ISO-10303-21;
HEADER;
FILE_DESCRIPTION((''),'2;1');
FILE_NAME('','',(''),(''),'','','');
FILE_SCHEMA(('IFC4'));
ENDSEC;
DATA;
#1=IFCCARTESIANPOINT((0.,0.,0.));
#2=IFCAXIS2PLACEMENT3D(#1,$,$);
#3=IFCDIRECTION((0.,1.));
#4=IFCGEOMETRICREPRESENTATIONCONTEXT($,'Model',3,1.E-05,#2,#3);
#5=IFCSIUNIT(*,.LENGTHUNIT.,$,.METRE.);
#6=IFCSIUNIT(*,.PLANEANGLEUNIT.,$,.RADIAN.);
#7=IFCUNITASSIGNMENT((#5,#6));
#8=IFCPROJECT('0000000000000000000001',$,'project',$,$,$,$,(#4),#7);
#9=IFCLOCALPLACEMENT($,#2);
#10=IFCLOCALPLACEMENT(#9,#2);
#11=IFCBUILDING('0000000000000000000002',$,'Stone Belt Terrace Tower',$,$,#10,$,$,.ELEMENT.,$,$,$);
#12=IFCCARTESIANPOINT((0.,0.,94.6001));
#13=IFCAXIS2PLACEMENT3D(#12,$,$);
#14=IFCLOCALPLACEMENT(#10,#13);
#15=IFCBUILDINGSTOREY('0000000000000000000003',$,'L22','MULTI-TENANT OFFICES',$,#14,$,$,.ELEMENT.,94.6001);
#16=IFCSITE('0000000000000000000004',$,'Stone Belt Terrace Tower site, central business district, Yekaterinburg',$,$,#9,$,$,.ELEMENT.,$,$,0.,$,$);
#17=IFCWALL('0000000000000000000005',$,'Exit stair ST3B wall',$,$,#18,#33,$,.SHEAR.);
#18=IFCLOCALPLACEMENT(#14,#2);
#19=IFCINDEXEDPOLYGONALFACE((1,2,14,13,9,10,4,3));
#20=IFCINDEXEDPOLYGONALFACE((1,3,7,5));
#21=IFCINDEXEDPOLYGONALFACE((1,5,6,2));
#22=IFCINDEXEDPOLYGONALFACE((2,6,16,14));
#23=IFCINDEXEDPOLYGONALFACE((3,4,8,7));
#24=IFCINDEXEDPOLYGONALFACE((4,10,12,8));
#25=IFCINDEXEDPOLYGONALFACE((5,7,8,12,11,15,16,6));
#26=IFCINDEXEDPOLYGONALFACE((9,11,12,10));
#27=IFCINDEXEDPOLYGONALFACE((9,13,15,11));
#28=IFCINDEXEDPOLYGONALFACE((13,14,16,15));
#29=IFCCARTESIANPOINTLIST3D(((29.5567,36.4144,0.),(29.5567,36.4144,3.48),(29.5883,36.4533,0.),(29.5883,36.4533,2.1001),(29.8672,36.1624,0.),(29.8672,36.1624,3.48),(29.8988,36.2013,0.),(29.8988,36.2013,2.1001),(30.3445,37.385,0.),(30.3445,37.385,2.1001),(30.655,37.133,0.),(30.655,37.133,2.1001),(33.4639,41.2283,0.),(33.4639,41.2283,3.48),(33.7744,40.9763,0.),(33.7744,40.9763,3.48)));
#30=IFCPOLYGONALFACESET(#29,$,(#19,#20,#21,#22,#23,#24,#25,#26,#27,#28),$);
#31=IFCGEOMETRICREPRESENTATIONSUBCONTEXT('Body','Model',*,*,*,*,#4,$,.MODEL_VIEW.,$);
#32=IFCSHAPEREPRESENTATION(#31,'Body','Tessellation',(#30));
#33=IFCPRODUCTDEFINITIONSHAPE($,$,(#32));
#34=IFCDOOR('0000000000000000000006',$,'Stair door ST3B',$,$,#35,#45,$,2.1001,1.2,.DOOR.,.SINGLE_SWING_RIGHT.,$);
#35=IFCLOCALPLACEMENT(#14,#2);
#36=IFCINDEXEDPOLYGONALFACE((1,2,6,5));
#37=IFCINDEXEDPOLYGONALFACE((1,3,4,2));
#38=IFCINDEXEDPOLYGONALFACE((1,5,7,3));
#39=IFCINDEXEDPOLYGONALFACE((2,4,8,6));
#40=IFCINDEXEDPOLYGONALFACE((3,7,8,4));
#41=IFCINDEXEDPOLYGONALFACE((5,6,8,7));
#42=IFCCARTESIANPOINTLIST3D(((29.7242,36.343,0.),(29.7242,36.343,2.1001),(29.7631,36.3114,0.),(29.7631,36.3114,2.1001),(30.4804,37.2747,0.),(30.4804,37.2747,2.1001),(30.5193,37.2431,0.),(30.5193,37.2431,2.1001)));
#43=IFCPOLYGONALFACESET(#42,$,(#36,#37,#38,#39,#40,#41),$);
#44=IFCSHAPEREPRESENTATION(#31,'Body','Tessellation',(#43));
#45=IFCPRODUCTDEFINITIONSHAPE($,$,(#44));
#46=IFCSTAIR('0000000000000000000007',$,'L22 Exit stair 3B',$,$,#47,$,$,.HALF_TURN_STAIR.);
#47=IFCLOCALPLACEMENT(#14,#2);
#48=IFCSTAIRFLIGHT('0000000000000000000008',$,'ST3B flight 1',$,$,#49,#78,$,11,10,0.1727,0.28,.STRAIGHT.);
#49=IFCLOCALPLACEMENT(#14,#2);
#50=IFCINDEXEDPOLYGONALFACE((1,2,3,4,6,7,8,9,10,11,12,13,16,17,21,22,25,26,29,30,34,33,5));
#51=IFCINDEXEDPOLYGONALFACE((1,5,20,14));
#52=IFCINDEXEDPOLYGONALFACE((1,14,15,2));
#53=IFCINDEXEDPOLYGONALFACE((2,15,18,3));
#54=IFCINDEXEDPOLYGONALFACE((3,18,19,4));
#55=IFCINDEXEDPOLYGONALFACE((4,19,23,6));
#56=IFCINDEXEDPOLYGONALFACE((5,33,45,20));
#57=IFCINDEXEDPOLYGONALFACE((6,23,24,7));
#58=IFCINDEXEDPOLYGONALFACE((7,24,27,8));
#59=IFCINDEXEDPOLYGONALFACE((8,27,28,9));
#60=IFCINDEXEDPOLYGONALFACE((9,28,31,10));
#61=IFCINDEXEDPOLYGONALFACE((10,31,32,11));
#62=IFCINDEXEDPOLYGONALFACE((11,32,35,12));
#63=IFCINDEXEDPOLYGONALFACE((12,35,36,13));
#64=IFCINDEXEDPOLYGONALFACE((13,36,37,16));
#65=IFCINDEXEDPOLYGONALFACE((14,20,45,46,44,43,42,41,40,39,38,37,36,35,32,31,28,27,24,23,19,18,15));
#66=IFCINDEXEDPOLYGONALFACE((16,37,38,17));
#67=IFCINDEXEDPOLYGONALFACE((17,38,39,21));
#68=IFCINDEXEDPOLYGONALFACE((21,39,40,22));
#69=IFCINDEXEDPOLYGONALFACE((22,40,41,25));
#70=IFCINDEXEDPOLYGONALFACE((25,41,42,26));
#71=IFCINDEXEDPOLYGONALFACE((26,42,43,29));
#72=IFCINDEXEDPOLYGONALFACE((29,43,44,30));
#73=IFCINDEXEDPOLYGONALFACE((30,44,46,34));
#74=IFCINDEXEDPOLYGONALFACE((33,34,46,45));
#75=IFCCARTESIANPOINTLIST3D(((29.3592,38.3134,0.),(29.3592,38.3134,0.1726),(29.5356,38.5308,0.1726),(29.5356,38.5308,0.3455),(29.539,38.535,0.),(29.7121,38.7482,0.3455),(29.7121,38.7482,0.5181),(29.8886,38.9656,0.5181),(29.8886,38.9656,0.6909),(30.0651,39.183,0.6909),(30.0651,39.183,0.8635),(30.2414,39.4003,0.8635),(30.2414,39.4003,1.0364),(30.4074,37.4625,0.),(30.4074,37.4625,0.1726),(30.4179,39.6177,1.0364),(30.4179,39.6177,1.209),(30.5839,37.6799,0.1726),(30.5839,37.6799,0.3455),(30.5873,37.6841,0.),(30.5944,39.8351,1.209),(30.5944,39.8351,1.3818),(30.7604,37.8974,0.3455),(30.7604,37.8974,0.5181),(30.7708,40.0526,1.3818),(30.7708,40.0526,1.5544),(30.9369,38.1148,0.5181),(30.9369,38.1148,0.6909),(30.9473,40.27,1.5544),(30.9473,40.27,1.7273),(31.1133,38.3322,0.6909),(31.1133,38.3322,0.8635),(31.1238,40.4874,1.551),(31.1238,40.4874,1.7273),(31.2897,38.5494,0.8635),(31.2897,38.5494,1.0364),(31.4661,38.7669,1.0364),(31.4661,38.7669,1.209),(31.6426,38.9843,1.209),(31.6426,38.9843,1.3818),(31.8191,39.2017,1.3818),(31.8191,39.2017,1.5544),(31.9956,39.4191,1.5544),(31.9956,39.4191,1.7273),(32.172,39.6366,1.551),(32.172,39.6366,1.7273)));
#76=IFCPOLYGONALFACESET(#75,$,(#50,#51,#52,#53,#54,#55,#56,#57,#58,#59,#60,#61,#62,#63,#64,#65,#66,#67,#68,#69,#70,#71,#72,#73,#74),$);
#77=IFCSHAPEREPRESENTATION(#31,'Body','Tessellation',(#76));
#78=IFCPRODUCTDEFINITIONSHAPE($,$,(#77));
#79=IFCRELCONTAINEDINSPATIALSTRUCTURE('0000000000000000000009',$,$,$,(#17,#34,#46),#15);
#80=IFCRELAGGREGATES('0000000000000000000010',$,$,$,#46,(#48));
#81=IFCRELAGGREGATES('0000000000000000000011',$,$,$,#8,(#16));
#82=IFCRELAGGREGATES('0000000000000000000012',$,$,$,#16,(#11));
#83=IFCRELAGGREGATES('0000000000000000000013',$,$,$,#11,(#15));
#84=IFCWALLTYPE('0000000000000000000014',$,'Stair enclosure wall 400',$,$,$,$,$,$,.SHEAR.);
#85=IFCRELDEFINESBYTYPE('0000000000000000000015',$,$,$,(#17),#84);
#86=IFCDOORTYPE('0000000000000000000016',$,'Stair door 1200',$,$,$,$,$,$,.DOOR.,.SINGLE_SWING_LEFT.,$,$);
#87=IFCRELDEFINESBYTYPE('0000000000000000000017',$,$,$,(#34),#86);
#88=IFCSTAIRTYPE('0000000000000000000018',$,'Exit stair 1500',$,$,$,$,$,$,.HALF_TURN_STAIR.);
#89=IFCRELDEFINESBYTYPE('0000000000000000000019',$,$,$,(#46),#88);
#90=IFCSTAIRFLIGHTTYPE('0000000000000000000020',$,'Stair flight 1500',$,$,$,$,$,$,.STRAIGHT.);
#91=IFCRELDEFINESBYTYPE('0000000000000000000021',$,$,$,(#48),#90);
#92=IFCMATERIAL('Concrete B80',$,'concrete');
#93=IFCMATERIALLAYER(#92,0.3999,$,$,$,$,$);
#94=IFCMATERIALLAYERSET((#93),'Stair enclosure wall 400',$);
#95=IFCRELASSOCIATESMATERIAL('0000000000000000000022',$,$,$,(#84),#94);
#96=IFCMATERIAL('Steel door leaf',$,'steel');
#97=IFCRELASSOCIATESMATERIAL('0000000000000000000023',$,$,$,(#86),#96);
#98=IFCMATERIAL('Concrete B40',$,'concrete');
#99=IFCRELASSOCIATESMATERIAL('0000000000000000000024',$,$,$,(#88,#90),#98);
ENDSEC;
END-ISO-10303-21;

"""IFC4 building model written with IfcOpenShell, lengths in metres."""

from ifc_helpers import new_model, si_unit, direction, frame, frame_2d, origin, place, context, subcontext, project, spatial, polyline, rectangle, outline, extrude, material, layer, layer_set, type_object, element, fill, aggregate, save


model = new_model("IFC4")

# Units and contexts
model_context = context("Model", 3, precision=1e-05, world=origin(), true_north=direction((0.0, 1.0)))
body_context = subcontext(model_context, "Body", "Model", "MODEL_VIEW")
ifc_project = project(units=[si_unit("LENGTHUNIT", "METRE"), si_unit("PLANEANGLEUNIT", "RADIAN")], contexts=[model_context])

# Site, building, storey
site_placement = place(None, origin())
site = spatial("IfcSite", under=ifc_project, at=site_placement, Name="Stone Belt Terrace Tower site, central business district, Yekaterinburg", CompositionType="ELEMENT", RefElevation=0.0)
building_placement = place(site_placement, origin())
building = spatial("IfcBuilding", under=site, at=building_placement, Name="Stone Belt Terrace Tower", CompositionType="ELEMENT")
storey_placement = place(building_placement, frame((0.0, 0.0, 94.6001)))
storey = spatial("IfcBuildingStorey", under=building, at=storey_placement, Name="L22", Description="MULTI-TENANT OFFICES", CompositionType="ELEMENT", Elevation=94.6001)

# Shared definitions
ifc_material_1 = material(Name="Concrete B80", Category="concrete")

# Shared definitions
ifc_material_2 = material(Name="Concrete B40", Category="concrete")

# Shared definitions
ifc_layer_1 = layer(ifc_material_1, 0.3999)
ifc_layer_set_1 = layer_set([ifc_layer_1], Name="Stair enclosure wall 400")
wall_type_1 = type_object("IfcWallType", Name="Stair enclosure wall 400", PredefinedType="SHEAR", material=ifc_layer_set_1)
ifc_material_3 = material(Name="Steel door leaf", Category="steel")

# Wall, opening, door
wall_1_placement = place(storey_placement, frame((29.7119, 36.2883, 0.0), z_axis=(0.0, 0.0, 1.0), x_axis=(0.630192, 0.776439, 0.0)))
wall_1 = element("IfcWall", 1, at=wall_1_placement, inside=storey, type_object=wall_type_1, Name="Exit stair ST3B wall", PredefinedType="SHEAR", context=body_context, shape_type="SweptSolid", body=[
    extrude(rectangle(XDim=6.2, YDim=0.3999, at=frame_2d((3.1001, 0.0))), origin(), (0.0, 0.0, 1.0), 3.48),
])
opening_1_placement = place(wall_1_placement, frame((0.05, 0.0, 0.0)))
opening_1 = element("IfcOpeningElement", 2, at=opening_1_placement, cuts=wall_1, PredefinedType="OPENING", context=body_context, shape_type="SweptSolid", body=[
    extrude(rectangle(XDim=1.2, YDim=2.1001, at=frame_2d((0.6001, 1.05))), frame((0.0, 0.21, 0.0), z_axis=(0.0, -1.0, 0.0), x_axis=(1.0, 0.0, 0.0)), (0.0, 0.0, 1.0), 0.4199),
])
door_type_1 = type_object("IfcDoorType", Name="Stair door 1200", OperationType="SINGLE_SWING_LEFT", PredefinedType="DOOR", material=ifc_material_3)
door_1_placement = place(opening_1_placement, origin())
door_1 = element("IfcDoor", 3, at=door_1_placement, inside=storey, type_object=door_type_1, Name="Stair door ST3B", OperationType="SINGLE_SWING_RIGHT", OverallHeight=2.1001, OverallWidth=1.2, PredefinedType="DOOR", context=body_context, shape_type="SweptSolid", body=[
    extrude(rectangle(XDim=1.2, YDim=2.1001, at=frame_2d((0.6001, 1.05))), frame((0.0, 0.0249, 0.0), z_axis=(0.0, -1.0, 0.0), x_axis=(1.0, 0.0, 0.0)), (0.0, 0.0, 1.0), 0.05),
])
fill(opening_1, door_1)

# Stair, stair flight
stair_type = type_object("IfcStairType", Name="Exit stair 1500", PredefinedType="HALF_TURN_STAIR", material=ifc_material_2)
stair_placement = place(storey_placement, origin())
stair = element("IfcStair", 4, at=stair_placement, inside=storey, type_object=stair_type, Name="L22 Exit stair 3B", PredefinedType="HALF_TURN_STAIR")
stair_flight_type = type_object("IfcStairFlightType", Name="Stair flight 1500", PredefinedType="STRAIGHT", material=ifc_material_2)
stair_flight_placement = place(storey_placement, frame((29.8833, 37.8879, 0.0), z_axis=(0.0, 0.0, 1.0), x_axis=(0.630206, 0.776428, 0.0)))
stair_flight = element("IfcStairFlight", 5, at=stair_flight_placement, type_object=stair_flight_type, Name="ST3B flight 1", NumberOfRisers=11, NumberOfTreads=10, PredefinedType="STRAIGHT", RiserHeight=0.1727, TreadLength=0.28, context=body_context, shape_type="SweptSolid", body=[
    extrude(outline(polyline([(0.0, 0.0), (0.0, 0.1726), (0.28, 0.1726), (0.28, 0.3455), (0.5601, 0.3455), (0.5601, 0.5181), (0.8401, 0.5181), (0.8401, 0.6909), (1.1201, 0.6909), (1.1201, 0.8635), (1.3999, 0.8635), (1.3999, 1.0364), (1.6799, 1.0364), (1.6799, 1.209), (1.96, 1.209), (1.96, 1.3818), (2.24, 1.3818), (2.24, 1.5544), (2.52, 1.5544), (2.52, 1.7273), (2.8, 1.7273), (2.8, 1.8999), (2.8, 1.551), (0.2854, 0.0), (0.0, 0.0)])), frame((0.0, 0.675, 0.0), z_axis=(0.0, -1.0, 0.0), x_axis=(1.0, 0.0, 0.0)), (0.0, 0.0, 1.0), 1.3501),
])
aggregate(stair, [stair_flight])

save(model, "model.ifc")
